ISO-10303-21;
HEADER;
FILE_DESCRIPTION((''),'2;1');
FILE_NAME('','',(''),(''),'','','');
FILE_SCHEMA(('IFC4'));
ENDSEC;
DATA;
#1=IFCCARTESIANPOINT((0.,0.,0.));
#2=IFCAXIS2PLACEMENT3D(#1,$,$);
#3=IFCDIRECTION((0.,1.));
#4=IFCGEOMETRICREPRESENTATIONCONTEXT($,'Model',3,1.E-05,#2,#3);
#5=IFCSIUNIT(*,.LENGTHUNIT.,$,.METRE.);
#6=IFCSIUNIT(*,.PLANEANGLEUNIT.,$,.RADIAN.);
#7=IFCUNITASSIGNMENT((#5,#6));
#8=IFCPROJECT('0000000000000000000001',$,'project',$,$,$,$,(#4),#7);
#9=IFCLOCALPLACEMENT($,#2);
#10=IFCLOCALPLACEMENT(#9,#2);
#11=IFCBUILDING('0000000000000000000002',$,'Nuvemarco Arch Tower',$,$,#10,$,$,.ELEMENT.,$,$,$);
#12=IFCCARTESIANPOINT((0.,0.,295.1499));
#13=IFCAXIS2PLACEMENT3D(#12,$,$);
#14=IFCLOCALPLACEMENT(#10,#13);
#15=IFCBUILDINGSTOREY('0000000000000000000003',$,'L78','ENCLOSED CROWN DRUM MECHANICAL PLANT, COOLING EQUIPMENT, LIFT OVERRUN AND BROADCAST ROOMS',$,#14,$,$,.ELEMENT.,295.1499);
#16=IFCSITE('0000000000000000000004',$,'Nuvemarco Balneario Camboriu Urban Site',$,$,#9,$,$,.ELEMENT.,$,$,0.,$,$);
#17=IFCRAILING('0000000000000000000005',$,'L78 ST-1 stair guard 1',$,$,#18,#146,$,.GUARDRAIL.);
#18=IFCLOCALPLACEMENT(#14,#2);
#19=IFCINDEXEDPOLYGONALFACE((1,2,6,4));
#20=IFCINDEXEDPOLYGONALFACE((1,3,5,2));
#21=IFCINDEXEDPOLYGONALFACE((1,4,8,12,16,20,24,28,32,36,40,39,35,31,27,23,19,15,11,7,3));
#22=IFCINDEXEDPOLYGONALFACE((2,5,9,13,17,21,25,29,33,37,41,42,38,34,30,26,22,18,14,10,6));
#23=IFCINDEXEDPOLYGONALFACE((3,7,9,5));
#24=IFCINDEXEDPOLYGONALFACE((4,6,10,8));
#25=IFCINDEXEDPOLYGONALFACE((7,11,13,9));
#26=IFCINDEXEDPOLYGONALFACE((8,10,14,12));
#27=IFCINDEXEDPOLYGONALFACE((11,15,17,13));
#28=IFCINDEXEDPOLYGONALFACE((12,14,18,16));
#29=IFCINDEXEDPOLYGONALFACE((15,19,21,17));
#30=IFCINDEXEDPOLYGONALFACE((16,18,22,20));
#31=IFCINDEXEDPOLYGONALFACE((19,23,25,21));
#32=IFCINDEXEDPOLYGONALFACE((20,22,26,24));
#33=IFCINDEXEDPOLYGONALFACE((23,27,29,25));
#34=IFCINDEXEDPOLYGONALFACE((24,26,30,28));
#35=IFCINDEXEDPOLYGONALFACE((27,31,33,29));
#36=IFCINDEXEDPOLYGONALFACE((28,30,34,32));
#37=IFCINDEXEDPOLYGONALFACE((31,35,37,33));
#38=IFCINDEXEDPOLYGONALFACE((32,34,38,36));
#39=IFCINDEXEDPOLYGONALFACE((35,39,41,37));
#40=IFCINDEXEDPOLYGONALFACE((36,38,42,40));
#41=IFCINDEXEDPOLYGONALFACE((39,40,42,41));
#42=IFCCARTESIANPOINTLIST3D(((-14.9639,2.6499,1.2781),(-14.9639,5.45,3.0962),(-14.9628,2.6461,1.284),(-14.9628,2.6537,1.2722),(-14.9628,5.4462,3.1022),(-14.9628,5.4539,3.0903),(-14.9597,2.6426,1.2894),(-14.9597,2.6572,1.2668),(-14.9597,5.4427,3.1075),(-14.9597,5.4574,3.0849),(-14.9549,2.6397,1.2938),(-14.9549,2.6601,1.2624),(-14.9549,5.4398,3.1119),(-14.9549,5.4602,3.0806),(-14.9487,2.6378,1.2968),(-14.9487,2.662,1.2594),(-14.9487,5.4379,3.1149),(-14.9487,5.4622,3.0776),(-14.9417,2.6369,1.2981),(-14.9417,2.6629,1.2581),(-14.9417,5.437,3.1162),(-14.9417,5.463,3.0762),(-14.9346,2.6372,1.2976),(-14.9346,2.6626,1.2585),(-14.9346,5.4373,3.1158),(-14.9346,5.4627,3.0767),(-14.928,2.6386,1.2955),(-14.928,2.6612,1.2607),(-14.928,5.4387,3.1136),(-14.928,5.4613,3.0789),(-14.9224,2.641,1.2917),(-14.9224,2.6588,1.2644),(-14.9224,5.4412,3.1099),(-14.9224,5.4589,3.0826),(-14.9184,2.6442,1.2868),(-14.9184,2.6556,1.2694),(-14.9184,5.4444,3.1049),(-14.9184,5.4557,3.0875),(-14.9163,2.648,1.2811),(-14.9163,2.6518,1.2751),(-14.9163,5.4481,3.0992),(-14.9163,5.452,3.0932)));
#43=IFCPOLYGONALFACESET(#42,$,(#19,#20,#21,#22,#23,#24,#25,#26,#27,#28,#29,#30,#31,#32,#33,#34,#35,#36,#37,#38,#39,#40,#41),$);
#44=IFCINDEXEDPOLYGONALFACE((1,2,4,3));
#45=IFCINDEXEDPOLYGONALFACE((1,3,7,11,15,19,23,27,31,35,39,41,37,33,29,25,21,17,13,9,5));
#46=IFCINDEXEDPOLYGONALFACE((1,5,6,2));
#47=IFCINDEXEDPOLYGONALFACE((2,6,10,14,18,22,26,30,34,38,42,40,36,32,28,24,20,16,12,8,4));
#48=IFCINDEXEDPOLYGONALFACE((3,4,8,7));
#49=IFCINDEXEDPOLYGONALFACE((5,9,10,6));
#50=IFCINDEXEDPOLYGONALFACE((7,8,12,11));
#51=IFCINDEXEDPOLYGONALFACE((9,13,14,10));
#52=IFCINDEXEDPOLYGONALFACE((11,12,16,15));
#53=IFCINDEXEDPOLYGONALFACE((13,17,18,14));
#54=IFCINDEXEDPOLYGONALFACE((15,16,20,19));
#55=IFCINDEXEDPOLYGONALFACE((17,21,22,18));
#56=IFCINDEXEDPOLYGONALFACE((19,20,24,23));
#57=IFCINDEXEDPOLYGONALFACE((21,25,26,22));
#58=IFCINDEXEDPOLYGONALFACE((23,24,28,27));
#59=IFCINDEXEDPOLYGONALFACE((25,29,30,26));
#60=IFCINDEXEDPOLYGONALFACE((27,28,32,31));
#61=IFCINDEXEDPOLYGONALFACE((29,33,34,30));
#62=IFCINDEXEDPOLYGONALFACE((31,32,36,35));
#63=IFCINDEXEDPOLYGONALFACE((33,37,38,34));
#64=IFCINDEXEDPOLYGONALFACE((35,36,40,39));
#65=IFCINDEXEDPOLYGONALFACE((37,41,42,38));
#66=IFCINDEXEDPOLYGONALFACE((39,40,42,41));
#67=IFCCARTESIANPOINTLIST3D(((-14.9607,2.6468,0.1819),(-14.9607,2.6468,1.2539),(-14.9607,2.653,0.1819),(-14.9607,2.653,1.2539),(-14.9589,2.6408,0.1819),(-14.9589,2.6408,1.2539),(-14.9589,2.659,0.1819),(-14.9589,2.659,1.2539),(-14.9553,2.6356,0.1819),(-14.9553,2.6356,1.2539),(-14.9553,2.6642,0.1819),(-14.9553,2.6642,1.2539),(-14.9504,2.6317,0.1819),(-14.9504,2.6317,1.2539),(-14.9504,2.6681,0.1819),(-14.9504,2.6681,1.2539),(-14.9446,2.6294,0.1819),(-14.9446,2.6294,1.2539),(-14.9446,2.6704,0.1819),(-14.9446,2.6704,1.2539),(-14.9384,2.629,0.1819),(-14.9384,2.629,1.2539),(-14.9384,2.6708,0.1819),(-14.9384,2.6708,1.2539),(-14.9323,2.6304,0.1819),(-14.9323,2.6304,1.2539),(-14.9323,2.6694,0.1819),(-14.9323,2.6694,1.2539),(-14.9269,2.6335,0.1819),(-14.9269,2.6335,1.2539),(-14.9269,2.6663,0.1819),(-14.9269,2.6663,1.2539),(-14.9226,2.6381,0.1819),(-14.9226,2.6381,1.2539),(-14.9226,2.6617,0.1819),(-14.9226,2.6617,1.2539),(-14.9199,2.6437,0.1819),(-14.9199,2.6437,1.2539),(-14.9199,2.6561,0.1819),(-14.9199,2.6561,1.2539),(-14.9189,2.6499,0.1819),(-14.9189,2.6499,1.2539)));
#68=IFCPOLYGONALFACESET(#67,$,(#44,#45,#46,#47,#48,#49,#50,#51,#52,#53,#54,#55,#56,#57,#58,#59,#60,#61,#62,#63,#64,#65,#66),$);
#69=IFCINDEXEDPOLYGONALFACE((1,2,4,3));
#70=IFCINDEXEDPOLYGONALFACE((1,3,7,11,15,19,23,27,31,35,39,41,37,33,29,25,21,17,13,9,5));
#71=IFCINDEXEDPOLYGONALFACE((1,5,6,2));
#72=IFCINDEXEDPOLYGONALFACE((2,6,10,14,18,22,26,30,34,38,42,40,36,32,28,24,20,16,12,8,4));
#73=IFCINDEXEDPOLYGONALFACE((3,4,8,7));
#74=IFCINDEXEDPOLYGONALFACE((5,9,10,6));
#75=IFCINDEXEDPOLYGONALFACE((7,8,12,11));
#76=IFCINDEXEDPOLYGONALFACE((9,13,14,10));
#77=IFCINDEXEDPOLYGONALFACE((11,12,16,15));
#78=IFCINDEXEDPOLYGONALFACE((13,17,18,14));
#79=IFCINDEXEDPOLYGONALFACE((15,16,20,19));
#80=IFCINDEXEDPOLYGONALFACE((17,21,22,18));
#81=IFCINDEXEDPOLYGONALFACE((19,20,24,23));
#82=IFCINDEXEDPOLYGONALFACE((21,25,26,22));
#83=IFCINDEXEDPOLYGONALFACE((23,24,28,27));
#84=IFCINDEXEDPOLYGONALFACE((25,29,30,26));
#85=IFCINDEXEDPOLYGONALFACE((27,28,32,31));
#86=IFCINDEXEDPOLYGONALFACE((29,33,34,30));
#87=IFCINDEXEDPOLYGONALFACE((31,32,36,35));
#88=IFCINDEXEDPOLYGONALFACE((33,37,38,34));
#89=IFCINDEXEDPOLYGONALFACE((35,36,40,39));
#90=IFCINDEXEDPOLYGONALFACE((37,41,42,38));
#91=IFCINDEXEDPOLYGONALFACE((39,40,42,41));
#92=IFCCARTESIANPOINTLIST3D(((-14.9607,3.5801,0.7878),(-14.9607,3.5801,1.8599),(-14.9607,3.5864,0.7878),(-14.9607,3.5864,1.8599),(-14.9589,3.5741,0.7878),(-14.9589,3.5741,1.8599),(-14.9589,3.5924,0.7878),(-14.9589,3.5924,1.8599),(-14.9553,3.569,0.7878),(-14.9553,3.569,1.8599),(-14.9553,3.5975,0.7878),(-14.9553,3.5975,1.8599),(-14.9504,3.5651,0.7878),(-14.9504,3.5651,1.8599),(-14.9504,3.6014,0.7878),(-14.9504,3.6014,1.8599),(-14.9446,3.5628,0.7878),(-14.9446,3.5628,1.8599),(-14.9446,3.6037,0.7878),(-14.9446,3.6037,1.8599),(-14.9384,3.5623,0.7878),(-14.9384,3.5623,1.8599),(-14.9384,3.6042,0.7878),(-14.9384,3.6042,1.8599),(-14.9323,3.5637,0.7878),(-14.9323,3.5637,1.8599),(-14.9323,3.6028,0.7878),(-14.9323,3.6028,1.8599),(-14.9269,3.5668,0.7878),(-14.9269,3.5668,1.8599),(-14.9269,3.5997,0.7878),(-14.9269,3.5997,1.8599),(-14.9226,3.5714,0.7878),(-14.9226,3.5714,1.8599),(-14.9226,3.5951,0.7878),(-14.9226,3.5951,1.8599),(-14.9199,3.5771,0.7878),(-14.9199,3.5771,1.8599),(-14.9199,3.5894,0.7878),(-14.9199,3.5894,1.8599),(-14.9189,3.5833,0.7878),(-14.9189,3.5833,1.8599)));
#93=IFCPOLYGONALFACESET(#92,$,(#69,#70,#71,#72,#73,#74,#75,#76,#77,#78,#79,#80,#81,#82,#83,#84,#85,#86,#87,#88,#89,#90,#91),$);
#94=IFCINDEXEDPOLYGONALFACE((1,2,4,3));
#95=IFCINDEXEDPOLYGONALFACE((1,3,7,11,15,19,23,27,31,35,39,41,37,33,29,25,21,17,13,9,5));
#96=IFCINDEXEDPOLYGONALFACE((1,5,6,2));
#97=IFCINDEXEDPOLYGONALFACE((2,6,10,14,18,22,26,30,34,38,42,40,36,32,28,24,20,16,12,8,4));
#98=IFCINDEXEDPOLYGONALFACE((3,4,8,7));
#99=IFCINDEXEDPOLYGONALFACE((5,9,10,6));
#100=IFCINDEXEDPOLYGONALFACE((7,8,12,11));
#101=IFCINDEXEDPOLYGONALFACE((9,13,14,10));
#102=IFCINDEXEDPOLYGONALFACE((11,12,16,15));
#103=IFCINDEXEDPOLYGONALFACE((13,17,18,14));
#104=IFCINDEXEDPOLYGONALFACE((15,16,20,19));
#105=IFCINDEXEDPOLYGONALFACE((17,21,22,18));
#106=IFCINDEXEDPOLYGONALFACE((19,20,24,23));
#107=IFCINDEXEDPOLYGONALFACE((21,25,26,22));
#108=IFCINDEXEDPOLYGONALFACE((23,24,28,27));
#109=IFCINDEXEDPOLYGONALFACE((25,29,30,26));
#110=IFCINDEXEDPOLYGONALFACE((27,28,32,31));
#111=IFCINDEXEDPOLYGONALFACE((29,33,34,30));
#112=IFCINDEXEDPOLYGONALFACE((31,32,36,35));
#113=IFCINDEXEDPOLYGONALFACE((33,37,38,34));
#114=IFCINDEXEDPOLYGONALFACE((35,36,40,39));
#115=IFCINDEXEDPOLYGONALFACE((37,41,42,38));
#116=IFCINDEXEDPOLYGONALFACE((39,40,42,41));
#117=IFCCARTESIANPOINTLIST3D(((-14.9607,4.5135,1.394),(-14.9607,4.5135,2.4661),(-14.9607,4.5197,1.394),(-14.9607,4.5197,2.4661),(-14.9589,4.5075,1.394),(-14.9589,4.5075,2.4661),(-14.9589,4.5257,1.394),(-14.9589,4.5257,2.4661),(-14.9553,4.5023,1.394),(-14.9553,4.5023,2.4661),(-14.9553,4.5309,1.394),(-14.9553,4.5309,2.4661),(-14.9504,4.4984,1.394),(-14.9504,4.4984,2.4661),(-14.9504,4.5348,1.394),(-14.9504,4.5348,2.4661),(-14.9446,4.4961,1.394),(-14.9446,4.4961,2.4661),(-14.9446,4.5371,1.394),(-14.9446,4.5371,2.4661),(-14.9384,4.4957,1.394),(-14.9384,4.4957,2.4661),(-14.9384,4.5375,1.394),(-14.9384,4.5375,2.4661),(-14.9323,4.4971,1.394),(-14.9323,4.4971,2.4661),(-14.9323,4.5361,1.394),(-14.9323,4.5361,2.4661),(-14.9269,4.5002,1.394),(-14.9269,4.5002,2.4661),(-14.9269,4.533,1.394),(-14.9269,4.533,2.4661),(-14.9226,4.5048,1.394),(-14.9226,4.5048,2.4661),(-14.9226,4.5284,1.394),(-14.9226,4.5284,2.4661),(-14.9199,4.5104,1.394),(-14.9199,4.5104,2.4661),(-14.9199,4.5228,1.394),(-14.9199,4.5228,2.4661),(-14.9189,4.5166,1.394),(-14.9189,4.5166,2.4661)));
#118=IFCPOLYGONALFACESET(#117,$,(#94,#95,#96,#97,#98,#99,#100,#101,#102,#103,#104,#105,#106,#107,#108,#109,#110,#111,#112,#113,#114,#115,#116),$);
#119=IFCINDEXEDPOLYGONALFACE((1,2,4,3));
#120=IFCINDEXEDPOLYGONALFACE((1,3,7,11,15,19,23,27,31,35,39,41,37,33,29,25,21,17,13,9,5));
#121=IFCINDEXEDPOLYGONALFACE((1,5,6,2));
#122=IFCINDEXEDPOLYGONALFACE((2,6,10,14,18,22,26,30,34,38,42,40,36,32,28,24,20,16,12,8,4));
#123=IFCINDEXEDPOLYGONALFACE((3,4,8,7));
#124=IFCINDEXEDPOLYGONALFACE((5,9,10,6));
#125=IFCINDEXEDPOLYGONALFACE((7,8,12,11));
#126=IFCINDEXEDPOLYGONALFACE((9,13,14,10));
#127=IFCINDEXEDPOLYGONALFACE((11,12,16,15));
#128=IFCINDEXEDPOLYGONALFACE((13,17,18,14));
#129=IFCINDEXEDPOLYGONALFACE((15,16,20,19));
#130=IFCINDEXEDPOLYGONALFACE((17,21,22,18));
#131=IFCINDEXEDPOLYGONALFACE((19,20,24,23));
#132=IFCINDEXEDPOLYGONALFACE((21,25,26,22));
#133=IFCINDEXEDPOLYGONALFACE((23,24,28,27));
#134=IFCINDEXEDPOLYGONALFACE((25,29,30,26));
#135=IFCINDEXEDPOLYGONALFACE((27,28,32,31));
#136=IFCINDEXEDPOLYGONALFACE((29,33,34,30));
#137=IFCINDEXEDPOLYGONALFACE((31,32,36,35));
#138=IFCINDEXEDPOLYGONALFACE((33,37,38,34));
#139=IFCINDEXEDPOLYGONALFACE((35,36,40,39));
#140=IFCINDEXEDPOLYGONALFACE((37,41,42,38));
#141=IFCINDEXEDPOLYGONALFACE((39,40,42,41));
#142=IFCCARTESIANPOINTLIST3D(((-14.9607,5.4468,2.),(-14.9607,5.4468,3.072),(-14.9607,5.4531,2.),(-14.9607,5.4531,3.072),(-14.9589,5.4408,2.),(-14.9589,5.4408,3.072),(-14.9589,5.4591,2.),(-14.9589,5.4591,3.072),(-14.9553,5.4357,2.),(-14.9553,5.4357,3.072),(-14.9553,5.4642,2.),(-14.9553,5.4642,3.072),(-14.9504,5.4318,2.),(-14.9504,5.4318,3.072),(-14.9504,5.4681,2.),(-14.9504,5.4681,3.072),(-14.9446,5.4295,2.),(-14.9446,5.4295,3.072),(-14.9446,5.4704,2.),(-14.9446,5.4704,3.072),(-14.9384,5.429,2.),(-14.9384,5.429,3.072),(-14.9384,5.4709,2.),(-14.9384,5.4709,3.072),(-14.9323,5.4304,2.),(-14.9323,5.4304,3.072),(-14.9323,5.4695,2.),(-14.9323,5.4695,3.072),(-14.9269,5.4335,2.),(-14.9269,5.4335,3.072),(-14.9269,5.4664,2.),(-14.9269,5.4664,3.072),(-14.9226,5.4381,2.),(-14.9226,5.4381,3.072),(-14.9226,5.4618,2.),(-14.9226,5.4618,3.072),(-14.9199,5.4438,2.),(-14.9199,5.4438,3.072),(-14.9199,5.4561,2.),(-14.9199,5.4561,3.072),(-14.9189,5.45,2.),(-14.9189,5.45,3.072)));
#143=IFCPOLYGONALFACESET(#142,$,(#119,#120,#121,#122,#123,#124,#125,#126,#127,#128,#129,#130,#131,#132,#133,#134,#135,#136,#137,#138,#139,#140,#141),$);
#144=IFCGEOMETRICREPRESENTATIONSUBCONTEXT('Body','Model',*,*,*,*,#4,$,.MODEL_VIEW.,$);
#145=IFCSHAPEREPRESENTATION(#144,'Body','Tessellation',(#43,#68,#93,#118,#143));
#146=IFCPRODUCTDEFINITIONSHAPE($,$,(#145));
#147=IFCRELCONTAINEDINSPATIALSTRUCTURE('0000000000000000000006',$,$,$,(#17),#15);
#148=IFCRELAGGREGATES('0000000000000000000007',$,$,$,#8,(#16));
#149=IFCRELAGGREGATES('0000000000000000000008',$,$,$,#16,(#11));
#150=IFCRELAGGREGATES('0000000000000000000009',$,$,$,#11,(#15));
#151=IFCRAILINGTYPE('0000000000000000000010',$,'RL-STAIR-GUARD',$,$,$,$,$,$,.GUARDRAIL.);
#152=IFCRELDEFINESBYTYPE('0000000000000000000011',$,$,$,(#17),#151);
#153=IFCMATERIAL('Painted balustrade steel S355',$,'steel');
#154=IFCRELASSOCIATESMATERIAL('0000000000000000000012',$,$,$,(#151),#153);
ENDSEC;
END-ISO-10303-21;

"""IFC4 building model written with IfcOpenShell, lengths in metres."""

from ifc_helpers import new_model, si_unit, direction, frame, origin, origin_2d, place, context, subcontext, project, spatial, circle, extrude, material, type_object, element, save


model = new_model("IFC4")

# Units and contexts
model_context = context("Model", 3, precision=1e-05, world=origin(), true_north=direction((0.0, 1.0)))
body_context = subcontext(model_context, "Body", "Model", "MODEL_VIEW")
ifc_project = project(units=[si_unit("LENGTHUNIT", "METRE"), si_unit("PLANEANGLEUNIT", "RADIAN")], contexts=[model_context])

# Site, building, storey
site_placement = place(None, origin())
site = spatial("IfcSite", under=ifc_project, at=site_placement, Name="Nuvemarco Balneario Camboriu Urban Site", CompositionType="ELEMENT", RefElevation=0.0)
building_placement = place(site_placement, origin())
building = spatial("IfcBuilding", under=site, at=building_placement, Name="Nuvemarco Arch Tower", CompositionType="ELEMENT")
storey_placement = place(building_placement, frame((0.0, 0.0, 295.1499)))
storey = spatial("IfcBuildingStorey", under=building, at=storey_placement, Name="L78", Description="ENCLOSED CROWN DRUM MECHANICAL PLANT, COOLING EQUIPMENT, LIFT OVERRUN AND BROADCAST ROOMS", CompositionType="ELEMENT", Elevation=295.1499)

# Railing
ifc_material_1 = material(Name="Painted balustrade steel S355", Category="steel")
railing_type_1 = type_object("IfcRailingType", Name="RL-STAIR-GUARD", PredefinedType="GUARDRAIL", material=ifc_material_1)
railing_1_placement = place(storey_placement, frame((-14.9399, 2.6499, 0.1819)))
element("IfcRailing", 1, at=railing_1_placement, inside=storey, type_object=railing_type_1, Name="L78 ST-1 stair guard 1", PredefinedType="GUARDRAIL", context=body_context, shape_type="SweptSolid", body=[
    extrude(circle(Radius=0.0239, at=origin_2d()), frame((0.0, 0.0, 1.0962), z_axis=(0.0, 0.838706, 0.544585), x_axis=(-1.0, 0.0, 0.0)), (0.0, 0.0, 1.0), 3.3386),
    extrude(circle(Radius=0.021, at=origin_2d()), origin(), (0.0, 0.0, 1.0), 1.072),
    extrude(circle(Radius=0.021, at=origin_2d()), frame((0.0, 0.9333, 0.606)), (0.0, 0.0, 1.0), 1.072),
    extrude(circle(Radius=0.021, at=origin_2d()), frame((0.0, 1.8667, 1.2122)), (0.0, 0.0, 1.0), 1.072),
    extrude(circle(Radius=0.021, at=origin_2d()), frame((0.0, 2.8, 1.8181)), (0.0, 0.0, 1.0), 1.072),
])

save(model, "model.ifc")
